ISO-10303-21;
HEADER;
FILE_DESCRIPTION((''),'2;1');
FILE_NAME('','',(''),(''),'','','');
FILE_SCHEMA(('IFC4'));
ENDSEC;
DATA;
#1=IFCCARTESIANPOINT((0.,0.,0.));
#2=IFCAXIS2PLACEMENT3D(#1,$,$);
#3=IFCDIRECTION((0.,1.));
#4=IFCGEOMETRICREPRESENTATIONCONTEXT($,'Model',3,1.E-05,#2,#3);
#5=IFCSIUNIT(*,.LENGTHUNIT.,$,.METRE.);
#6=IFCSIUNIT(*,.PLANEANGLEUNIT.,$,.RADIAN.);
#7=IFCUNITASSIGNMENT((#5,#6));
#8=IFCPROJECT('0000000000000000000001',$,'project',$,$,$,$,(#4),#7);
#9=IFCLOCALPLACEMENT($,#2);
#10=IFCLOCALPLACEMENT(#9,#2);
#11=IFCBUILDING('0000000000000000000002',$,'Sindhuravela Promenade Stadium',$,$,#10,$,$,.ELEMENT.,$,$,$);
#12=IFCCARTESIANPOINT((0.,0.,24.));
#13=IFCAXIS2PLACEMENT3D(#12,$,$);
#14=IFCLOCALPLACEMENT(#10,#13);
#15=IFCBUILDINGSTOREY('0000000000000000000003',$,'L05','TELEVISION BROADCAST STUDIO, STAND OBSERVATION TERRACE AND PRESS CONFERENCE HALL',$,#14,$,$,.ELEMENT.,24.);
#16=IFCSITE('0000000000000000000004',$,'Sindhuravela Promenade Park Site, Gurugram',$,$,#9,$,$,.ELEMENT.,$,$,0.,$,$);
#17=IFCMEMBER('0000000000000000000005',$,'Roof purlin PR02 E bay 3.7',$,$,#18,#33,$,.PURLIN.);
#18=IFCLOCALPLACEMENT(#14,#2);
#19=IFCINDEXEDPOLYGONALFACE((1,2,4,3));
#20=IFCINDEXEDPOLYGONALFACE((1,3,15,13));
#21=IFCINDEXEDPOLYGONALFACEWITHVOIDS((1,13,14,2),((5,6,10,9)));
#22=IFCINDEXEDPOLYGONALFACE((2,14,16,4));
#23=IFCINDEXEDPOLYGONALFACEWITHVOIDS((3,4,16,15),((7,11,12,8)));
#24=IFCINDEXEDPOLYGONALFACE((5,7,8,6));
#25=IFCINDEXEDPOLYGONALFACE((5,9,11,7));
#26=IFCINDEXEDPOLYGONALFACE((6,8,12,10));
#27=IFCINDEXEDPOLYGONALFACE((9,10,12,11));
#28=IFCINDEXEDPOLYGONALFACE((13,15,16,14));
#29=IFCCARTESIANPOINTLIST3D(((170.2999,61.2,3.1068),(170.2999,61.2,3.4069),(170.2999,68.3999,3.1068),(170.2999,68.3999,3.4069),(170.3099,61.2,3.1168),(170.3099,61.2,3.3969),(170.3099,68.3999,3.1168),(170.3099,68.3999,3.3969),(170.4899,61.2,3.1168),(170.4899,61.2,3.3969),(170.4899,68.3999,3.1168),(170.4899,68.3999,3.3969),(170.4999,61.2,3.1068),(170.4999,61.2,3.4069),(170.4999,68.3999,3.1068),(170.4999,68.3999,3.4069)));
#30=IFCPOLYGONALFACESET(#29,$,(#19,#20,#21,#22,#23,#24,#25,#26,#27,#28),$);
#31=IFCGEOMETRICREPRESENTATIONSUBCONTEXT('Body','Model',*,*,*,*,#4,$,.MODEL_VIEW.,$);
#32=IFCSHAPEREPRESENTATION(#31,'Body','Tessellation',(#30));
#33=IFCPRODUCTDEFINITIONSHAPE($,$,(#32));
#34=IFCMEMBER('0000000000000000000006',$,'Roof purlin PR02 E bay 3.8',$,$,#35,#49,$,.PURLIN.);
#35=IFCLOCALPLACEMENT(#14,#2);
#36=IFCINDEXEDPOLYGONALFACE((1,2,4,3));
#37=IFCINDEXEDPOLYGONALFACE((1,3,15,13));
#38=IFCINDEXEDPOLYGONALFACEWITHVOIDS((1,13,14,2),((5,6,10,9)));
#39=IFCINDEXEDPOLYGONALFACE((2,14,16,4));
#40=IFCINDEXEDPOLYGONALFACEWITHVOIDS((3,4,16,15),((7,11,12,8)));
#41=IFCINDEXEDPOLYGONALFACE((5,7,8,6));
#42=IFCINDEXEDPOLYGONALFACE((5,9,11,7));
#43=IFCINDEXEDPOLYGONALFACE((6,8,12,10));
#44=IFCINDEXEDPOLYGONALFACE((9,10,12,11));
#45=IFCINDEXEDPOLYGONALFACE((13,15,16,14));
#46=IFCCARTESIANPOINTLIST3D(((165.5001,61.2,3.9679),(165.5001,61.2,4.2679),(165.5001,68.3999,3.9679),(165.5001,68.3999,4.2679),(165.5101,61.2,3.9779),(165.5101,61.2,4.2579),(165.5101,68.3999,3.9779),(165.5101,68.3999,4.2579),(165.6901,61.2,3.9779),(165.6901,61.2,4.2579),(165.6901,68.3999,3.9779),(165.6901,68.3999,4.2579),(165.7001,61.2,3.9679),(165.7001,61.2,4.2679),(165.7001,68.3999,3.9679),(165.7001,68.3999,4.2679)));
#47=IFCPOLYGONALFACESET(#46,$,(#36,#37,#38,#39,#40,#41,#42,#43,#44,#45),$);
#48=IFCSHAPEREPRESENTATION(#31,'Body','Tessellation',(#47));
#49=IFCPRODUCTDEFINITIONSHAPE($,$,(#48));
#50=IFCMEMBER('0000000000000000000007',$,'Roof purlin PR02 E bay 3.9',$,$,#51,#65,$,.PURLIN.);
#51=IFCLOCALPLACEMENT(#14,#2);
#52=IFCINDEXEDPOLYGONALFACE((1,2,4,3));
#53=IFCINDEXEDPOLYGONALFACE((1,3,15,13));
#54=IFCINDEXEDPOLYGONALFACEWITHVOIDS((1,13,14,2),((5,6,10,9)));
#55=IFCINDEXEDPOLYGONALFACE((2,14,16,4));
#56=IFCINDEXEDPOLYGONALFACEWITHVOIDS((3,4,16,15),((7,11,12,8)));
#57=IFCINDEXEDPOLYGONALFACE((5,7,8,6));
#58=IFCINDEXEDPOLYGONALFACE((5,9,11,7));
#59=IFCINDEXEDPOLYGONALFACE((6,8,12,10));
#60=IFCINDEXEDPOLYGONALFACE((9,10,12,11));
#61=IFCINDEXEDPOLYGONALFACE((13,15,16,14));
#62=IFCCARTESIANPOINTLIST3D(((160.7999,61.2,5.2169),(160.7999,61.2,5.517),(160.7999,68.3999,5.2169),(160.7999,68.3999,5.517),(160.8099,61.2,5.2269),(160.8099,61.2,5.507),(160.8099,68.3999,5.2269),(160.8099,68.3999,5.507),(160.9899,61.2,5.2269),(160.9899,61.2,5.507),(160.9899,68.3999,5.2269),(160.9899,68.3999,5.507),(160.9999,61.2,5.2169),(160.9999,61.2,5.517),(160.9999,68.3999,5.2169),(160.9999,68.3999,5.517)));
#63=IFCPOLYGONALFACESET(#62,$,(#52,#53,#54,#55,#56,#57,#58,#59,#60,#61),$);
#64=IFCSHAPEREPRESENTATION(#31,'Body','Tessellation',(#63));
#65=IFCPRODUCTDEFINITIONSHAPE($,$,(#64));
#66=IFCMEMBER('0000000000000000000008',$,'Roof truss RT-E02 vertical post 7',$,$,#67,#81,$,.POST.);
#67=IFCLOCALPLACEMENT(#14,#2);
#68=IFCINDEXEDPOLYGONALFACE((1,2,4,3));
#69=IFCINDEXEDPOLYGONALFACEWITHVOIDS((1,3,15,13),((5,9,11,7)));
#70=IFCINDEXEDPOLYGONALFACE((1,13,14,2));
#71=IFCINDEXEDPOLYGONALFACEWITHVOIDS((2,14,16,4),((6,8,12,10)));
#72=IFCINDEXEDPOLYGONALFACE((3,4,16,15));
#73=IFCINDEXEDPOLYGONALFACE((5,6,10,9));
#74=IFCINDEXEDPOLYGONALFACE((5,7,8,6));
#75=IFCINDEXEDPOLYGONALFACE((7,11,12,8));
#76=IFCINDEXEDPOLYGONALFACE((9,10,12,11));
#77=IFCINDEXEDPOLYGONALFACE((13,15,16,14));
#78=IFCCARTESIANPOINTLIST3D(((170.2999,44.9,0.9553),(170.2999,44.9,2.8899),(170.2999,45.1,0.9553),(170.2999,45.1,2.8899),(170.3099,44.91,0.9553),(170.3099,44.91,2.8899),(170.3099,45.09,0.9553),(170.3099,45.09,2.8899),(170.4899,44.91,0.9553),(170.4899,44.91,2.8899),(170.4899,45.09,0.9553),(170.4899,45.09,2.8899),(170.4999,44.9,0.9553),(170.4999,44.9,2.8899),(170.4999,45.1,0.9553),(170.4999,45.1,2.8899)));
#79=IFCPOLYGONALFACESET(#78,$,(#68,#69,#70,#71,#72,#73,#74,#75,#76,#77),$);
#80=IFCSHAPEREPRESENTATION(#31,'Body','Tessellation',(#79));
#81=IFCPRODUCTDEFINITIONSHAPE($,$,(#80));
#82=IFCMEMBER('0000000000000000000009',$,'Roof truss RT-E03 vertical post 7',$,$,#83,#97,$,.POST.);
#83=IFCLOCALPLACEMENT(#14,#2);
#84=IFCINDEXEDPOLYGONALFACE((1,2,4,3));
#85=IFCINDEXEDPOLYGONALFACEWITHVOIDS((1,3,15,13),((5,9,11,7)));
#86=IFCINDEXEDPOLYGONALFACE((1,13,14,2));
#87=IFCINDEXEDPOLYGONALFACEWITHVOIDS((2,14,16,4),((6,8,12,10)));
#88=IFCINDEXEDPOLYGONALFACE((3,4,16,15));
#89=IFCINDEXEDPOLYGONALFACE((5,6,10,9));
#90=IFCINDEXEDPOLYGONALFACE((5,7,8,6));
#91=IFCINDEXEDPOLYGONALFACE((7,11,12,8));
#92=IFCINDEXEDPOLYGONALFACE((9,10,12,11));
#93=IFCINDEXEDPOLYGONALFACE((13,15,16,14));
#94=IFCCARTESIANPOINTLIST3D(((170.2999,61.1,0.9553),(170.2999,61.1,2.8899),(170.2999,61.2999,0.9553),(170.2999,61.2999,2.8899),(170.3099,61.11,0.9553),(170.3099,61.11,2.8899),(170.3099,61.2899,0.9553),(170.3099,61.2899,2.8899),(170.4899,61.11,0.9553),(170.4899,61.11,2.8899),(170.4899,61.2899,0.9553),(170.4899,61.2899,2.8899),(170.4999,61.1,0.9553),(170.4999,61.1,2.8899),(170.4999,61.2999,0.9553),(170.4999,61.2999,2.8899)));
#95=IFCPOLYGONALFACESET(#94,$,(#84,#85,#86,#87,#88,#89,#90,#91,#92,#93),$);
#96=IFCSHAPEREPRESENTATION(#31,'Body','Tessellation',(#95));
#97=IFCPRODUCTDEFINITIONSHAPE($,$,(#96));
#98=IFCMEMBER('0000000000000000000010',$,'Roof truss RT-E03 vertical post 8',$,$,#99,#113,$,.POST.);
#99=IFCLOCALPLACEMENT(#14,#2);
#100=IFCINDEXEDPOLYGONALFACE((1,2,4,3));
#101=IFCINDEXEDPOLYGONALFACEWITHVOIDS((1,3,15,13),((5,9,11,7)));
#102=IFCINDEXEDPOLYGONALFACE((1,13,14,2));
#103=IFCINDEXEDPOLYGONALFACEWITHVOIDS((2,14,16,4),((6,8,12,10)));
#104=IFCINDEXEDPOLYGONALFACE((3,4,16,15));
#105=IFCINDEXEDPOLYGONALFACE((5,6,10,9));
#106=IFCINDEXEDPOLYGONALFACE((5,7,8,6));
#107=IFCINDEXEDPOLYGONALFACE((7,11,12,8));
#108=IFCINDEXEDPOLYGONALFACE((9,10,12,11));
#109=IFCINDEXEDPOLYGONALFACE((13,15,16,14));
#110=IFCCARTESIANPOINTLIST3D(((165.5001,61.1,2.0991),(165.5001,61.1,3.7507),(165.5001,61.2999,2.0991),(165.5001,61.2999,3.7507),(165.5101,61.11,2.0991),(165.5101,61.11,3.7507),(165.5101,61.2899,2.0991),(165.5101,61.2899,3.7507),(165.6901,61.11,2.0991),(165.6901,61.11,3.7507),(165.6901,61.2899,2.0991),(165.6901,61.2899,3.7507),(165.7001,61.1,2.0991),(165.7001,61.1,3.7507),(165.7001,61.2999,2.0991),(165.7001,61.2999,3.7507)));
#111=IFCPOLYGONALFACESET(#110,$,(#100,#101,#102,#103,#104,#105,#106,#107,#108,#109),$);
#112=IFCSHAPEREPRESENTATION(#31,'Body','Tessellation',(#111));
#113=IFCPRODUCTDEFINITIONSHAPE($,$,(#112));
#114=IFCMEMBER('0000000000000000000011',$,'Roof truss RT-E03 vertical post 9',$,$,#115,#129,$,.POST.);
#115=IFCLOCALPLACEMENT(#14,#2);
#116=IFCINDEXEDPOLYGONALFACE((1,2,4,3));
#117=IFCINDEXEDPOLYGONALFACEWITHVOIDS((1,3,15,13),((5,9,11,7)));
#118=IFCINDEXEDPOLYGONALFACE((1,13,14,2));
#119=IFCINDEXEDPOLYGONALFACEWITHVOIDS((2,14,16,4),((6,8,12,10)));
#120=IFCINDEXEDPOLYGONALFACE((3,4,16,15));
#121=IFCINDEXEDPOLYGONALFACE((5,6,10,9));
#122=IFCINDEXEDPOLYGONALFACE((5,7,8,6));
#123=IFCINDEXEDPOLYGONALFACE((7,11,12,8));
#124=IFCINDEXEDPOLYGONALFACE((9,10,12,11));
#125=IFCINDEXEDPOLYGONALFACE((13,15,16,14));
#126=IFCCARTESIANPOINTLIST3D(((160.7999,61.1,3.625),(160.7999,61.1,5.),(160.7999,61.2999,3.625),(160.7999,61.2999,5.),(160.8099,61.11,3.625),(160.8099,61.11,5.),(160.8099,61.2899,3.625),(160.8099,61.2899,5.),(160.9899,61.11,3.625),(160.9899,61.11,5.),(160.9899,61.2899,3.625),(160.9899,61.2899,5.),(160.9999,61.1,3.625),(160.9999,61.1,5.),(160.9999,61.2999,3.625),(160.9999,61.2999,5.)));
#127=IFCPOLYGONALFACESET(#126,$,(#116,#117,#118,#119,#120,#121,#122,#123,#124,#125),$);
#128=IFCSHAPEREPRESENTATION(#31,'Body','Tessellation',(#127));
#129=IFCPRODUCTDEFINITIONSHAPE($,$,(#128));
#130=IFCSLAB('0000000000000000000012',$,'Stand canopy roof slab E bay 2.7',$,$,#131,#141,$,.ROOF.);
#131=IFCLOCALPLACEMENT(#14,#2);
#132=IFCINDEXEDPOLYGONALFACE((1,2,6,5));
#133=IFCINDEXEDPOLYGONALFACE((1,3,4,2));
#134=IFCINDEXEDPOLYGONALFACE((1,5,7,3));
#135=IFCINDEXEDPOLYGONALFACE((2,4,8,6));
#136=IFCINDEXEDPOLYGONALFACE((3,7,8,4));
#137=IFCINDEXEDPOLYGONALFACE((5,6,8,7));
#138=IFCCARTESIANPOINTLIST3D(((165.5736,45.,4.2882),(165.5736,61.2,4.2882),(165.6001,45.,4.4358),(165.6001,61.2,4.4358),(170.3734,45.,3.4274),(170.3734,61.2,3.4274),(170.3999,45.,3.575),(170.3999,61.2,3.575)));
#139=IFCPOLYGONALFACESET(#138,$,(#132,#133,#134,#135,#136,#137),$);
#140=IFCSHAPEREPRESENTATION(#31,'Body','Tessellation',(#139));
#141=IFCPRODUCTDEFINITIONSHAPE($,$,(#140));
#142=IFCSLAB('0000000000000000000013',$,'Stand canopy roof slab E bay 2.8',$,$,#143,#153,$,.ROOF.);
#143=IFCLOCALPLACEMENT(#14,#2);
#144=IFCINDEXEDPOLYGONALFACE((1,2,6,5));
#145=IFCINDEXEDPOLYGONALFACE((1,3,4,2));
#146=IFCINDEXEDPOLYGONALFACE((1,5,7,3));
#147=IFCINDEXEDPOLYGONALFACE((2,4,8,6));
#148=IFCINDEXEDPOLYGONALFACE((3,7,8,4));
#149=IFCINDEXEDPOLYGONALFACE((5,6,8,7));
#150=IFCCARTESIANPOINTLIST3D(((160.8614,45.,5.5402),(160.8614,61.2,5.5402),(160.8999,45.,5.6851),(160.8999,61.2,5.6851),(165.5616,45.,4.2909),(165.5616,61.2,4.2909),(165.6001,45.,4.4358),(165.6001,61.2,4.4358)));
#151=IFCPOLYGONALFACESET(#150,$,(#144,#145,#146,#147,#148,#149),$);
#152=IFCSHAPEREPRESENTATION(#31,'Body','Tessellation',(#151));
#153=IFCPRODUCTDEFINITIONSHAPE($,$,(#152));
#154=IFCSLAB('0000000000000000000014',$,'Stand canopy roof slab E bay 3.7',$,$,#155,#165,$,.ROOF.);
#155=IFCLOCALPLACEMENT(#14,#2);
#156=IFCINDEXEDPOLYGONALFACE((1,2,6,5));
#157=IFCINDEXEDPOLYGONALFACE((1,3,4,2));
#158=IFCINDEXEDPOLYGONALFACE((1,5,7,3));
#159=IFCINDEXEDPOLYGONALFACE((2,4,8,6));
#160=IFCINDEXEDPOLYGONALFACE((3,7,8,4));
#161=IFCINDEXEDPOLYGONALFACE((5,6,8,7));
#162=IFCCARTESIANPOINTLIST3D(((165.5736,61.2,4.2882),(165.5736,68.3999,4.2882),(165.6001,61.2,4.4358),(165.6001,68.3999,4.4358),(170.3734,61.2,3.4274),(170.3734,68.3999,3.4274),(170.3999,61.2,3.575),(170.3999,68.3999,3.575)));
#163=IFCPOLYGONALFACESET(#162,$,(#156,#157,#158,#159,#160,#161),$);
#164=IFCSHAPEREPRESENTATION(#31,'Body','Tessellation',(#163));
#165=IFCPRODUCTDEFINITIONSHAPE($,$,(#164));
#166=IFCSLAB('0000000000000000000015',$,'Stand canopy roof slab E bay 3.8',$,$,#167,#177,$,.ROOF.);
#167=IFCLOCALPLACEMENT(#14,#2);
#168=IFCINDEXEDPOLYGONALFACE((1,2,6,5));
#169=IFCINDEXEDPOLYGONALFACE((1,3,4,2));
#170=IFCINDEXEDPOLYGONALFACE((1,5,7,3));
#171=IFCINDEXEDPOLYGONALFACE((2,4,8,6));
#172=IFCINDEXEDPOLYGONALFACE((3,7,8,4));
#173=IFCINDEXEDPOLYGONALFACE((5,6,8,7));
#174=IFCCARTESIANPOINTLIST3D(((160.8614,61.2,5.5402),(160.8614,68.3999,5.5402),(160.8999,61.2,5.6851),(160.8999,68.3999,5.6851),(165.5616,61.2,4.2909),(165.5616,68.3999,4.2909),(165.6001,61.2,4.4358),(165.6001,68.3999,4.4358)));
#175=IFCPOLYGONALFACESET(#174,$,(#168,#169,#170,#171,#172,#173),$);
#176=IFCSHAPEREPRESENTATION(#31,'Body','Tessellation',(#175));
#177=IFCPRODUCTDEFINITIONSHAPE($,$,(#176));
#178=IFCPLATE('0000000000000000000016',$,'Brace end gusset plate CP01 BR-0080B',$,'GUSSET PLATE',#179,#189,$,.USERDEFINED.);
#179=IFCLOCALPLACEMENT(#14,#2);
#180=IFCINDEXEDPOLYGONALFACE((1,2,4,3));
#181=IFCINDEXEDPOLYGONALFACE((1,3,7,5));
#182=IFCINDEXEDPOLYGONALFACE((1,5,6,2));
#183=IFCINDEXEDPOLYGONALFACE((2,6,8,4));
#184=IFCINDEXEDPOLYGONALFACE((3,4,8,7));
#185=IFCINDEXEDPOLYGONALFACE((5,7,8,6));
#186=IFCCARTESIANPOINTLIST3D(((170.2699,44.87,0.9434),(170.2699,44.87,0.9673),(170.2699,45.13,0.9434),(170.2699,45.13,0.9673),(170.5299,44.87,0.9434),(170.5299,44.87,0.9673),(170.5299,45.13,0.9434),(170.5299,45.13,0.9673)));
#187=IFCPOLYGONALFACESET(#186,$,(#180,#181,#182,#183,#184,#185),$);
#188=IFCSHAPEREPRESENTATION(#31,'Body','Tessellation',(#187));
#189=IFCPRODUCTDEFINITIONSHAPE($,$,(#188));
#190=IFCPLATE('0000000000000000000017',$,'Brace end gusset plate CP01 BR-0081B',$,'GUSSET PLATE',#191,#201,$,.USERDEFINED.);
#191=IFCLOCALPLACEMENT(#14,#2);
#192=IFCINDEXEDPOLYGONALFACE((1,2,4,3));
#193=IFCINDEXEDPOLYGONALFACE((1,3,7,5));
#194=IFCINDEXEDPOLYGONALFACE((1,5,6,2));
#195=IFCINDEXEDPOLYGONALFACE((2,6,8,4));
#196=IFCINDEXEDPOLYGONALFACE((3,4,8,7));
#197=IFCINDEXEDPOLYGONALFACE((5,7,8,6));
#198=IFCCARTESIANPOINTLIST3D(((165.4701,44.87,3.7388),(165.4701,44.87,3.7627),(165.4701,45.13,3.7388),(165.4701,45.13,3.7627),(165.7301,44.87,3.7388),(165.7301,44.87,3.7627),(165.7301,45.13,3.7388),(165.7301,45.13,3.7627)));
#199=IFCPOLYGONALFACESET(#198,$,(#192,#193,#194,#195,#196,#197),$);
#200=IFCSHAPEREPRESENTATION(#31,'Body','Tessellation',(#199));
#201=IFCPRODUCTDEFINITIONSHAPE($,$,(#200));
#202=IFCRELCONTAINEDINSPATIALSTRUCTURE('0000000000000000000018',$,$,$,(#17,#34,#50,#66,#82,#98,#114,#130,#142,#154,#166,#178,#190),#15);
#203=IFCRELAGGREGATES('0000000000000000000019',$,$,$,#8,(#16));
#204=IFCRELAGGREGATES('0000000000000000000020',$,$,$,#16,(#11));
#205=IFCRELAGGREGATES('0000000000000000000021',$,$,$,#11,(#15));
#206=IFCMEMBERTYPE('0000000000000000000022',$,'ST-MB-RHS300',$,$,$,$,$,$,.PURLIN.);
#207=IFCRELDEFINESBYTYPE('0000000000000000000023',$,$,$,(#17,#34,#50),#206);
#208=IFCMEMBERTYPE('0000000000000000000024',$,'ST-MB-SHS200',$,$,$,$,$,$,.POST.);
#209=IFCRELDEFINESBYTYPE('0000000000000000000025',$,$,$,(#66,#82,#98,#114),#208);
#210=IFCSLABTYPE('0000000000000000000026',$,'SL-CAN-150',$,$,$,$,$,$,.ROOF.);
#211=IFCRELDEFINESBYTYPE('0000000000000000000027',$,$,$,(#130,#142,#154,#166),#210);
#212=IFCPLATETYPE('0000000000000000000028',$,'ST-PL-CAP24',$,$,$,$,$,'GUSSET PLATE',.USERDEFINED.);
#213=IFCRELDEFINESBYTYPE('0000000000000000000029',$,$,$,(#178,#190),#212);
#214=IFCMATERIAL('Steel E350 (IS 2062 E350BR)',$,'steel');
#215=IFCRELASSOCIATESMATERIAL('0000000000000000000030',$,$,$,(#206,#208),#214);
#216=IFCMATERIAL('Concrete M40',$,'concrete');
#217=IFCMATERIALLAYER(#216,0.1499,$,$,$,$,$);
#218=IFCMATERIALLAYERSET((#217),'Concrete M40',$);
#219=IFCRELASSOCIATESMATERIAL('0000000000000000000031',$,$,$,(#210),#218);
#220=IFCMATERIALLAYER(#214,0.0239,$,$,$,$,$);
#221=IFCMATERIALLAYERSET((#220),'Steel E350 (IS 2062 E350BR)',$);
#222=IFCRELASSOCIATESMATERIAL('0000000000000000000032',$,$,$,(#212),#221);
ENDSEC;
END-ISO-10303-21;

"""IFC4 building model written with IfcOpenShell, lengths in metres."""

from ifc_helpers import new_model, si_unit, direction, frame, origin, origin_2d, place, context, subcontext, project, spatial, polyline, rectangle, hollow_rectangle, outline, extrude, material, layer, layer_set, material_profile, profile_set, type_object, element, save


model = new_model("IFC4")

# Units and contexts
model_context = context("Model", 3, precision=1e-05, world=origin(), true_north=direction((0.0, 1.0)))
body_context = subcontext(model_context, "Body", "Model", "MODEL_VIEW")
ifc_project = project(units=[si_unit("LENGTHUNIT", "METRE"), si_unit("PLANEANGLEUNIT", "RADIAN")], contexts=[model_context])

# Site, building, storey
site_placement = place(None, origin())
site = spatial("IfcSite", under=ifc_project, at=site_placement, Name="Sindhuravela Promenade Park Site, Gurugram", CompositionType="ELEMENT", RefElevation=0.0)
building_placement = place(site_placement, origin())
building = spatial("IfcBuilding", under=site, at=building_placement, Name="Sindhuravela Promenade Stadium", CompositionType="ELEMENT")
storey_placement = place(building_placement, frame((0.0, 0.0, 24.0)))
storey = spatial("IfcBuildingStorey", under=building, at=storey_placement, Name="L05", Description="TELEVISION BROADCAST STUDIO, STAND OBSERVATION TERRACE AND PRESS CONFERENCE HALL", CompositionType="ELEMENT", Elevation=24.0)

# Shared definitions
ifc_material_1 = material(Name="Steel E350 (IS 2062 E350BR)", Category="steel")

# Members
ifc_material_profile_1 = material_profile(ifc_material_1, hollow_rectangle(XDim=0.2, YDim=0.3, WallThickness=0.01, at=origin_2d()), Name="RHS 300x200x10")
ifc_profile_set_1 = profile_set([ifc_material_profile_1], Name="Steel E350 (IS 2062 E350BR)")
member_type_1 = type_object("IfcMemberType", Name="ST-MB-RHS300", PredefinedType="PURLIN", material=ifc_profile_set_1)
for number, where, z_axis, x_axis, name in (
    (1, (170.3999, 61.2, 3.2568), (0.0, 1.0, 0.0), (-1.0, 0.0, 0.0), "Roof purlin PR02 E bay 3.7"),
    (2, (165.6001, 61.2, 4.1179), (0.0, 1.0, 0.0), (-1.0, 0.0, 0.0), "Roof purlin PR02 E bay 3.8"),
    (3, (160.8999, 61.2, 5.3669), (0.0, 1.0, 0.0), (-1.0, 0.0, 0.0), "Roof purlin PR02 E bay 3.9"),
):
    element("IfcMember", number, at=place(storey_placement, frame(where, z_axis=z_axis, x_axis=x_axis)), inside=storey, type_object=member_type_1, Name=name, PredefinedType="PURLIN", context=body_context, shape_type="SweptSolid", body=[
        extrude(hollow_rectangle(XDim=0.2, YDim=0.3, WallThickness=0.01, at=origin_2d()), origin(), (0.0, 0.0, 1.0), 7.2),
    ])
ifc_material_profile_2 = material_profile(ifc_material_1, hollow_rectangle(XDim=0.2, YDim=0.2, WallThickness=0.01, at=origin_2d()), Name="SHS 200x200x10")
ifc_profile_set_2 = profile_set([ifc_material_profile_2], Name="Steel E350 (IS 2062 E350BR)")
member_type_2 = type_object("IfcMemberType", Name="ST-MB-SHS200", PredefinedType="POST", material=ifc_profile_set_2)
for number, where, z_axis, x_axis, name in (
    (4, (170.3999, 45.0, 0.9553), (0.0, 0.0, 1.0), (1.0, 0.0, 0.0), "Roof truss RT-E02 vertical post 7"),
    (5, (170.3999, 61.2, 0.9553), (0.0, 0.0, 1.0), (1.0, 0.0, 0.0), "Roof truss RT-E03 vertical post 7"),
):
    element("IfcMember", number, at=place(storey_placement, frame(where, z_axis=z_axis, x_axis=x_axis)), inside=storey, type_object=member_type_2, Name=name, PredefinedType="POST", context=body_context, shape_type="SweptSolid", body=[
        extrude(hollow_rectangle(XDim=0.2, YDim=0.2, WallThickness=0.01, at=origin_2d()), origin(), (0.0, 0.0, 1.0), 1.9346),
    ])
member_1_placement = place(storey_placement, frame((165.6001, 61.2, 2.0991), z_axis=(0.0, 0.0, 1.0), x_axis=(1.0, 0.0, 0.0)))
element("IfcMember", 6, at=member_1_placement, inside=storey, type_object=member_type_2, Name="Roof truss RT-E03 vertical post 8", PredefinedType="POST", context=body_context, shape_type="SweptSolid", body=[
    extrude(hollow_rectangle(XDim=0.2, YDim=0.2, WallThickness=0.01, at=origin_2d()), origin(), (0.0, 0.0, 1.0), 1.6516),
])
member_2_placement = place(storey_placement, frame((160.8999, 61.2, 3.625), z_axis=(0.0, 0.0, 1.0), x_axis=(1.0, 0.0, 0.0)))
element("IfcMember", 7, at=member_2_placement, inside=storey, type_object=member_type_2, Name="Roof truss RT-E03 vertical post 9", PredefinedType="POST", context=body_context, shape_type="SweptSolid", body=[
    extrude(hollow_rectangle(XDim=0.2, YDim=0.2, WallThickness=0.01, at=origin_2d()), origin(), (0.0, 0.0, 1.0), 1.375),
])

# Slabs
ifc_material_2 = material(Name="Concrete M40", Category="concrete")
ifc_layer_1 = layer(ifc_material_2, 0.1499)
ifc_layer_set_1 = layer_set([ifc_layer_1], Name="Concrete M40")
slab_type = type_object("IfcSlabType", Name="SL-CAN-150", PredefinedType="ROOF", material=ifc_layer_set_1)
slab_1_placement = place(storey_placement, frame((170.3999, 45.0, 3.575), z_axis=(0.176532, 0.0, 0.984295), x_axis=(0.0, 1.0, 0.0)))
element("IfcSlab", 8, at=slab_1_placement, inside=storey, type_object=slab_type, Name="Stand canopy roof slab E bay 2.7", PredefinedType="ROOF", context=body_context, shape_type="SweptSolid", body=[
    extrude(outline(polyline([(0.0, 0.0), (16.2, 0.0), (16.2, 4.8764), (0.0, 4.8764), (0.0, 0.0)])), origin(), (0.0, 0.0, -1.0), 0.1499),
])
slab_2_placement = place(storey_placement, frame((165.6001, 45.0, 4.4358), z_axis=(0.256872, 0.0, 0.966445), x_axis=(0.0, 1.0, 0.0)))
element("IfcSlab", 9, at=slab_2_placement, inside=storey, type_object=slab_type, Name="Stand canopy roof slab E bay 2.8", PredefinedType="ROOF", context=body_context, shape_type="SweptSolid", body=[
    extrude(outline(polyline([(0.0, 0.0), (16.2, 0.0), (16.2, 4.8634), (0.0, 4.8634), (0.0, 0.0)])), origin(), (0.0, 0.0, -1.0), 0.1499),
])
slab_3_placement = place(storey_placement, frame((170.3999, 61.2, 3.575), z_axis=(0.176532, 0.0, 0.984295), x_axis=(0.0, 1.0, 0.0)))
element("IfcSlab", 10, at=slab_3_placement, inside=storey, type_object=slab_type, Name="Stand canopy roof slab E bay 3.7", PredefinedType="ROOF", context=body_context, shape_type="SweptSolid", body=[
    extrude(outline(polyline([(0.0, 0.0), (7.2, 0.0), (7.2, 4.8764), (0.0, 4.8764), (0.0, 0.0)])), origin(), (0.0, 0.0, -1.0), 0.1499),
])
slab_4_placement = place(storey_placement, frame((165.6001, 61.2, 4.4358), z_axis=(0.256872, 0.0, 0.966445), x_axis=(0.0, 1.0, 0.0)))
element("IfcSlab", 11, at=slab_4_placement, inside=storey, type_object=slab_type, Name="Stand canopy roof slab E bay 3.8", PredefinedType="ROOF", context=body_context, shape_type="SweptSolid", body=[
    extrude(outline(polyline([(0.0, 0.0), (7.2, 0.0), (7.2, 4.8634), (0.0, 4.8634), (0.0, 0.0)])), origin(), (0.0, 0.0, -1.0), 0.1499),
])

# Plates
ifc_layer_2 = layer(ifc_material_1, 0.0239)
ifc_layer_set_2 = layer_set([ifc_layer_2], Name="Steel E350 (IS 2062 E350BR)")
plate_type_1 = type_object("IfcPlateType", Name="ST-PL-CAP24", ElementType="GUSSET PLATE", PredefinedType="USERDEFINED", material=ifc_layer_set_2)
for number, where, z_axis, x_axis, name in (
    (12, (170.3999, 45.0, 0.9434), (0.0, 0.0, 1.0), (1.0, 0.0, 0.0), "Brace end gusset plate CP01 BR-0080B"),
    (13, (165.6001, 45.0, 3.7388), (0.0, 0.0, 1.0), (1.0, 0.0, 0.0), "Brace end gusset plate CP01 BR-0081B"),
):
    element("IfcPlate", number, at=place(storey_placement, frame(where, z_axis=z_axis, x_axis=x_axis)), inside=storey, type_object=plate_type_1, Name=name, ObjectType="GUSSET PLATE", PredefinedType="USERDEFINED", context=body_context, shape_type="SweptSolid", body=[
        extrude(rectangle(XDim=0.26, YDim=0.26, at=origin_2d()), origin(), (0.0, 0.0, 1.0), 0.0239),
    ])

save(model, "model.ifc")
